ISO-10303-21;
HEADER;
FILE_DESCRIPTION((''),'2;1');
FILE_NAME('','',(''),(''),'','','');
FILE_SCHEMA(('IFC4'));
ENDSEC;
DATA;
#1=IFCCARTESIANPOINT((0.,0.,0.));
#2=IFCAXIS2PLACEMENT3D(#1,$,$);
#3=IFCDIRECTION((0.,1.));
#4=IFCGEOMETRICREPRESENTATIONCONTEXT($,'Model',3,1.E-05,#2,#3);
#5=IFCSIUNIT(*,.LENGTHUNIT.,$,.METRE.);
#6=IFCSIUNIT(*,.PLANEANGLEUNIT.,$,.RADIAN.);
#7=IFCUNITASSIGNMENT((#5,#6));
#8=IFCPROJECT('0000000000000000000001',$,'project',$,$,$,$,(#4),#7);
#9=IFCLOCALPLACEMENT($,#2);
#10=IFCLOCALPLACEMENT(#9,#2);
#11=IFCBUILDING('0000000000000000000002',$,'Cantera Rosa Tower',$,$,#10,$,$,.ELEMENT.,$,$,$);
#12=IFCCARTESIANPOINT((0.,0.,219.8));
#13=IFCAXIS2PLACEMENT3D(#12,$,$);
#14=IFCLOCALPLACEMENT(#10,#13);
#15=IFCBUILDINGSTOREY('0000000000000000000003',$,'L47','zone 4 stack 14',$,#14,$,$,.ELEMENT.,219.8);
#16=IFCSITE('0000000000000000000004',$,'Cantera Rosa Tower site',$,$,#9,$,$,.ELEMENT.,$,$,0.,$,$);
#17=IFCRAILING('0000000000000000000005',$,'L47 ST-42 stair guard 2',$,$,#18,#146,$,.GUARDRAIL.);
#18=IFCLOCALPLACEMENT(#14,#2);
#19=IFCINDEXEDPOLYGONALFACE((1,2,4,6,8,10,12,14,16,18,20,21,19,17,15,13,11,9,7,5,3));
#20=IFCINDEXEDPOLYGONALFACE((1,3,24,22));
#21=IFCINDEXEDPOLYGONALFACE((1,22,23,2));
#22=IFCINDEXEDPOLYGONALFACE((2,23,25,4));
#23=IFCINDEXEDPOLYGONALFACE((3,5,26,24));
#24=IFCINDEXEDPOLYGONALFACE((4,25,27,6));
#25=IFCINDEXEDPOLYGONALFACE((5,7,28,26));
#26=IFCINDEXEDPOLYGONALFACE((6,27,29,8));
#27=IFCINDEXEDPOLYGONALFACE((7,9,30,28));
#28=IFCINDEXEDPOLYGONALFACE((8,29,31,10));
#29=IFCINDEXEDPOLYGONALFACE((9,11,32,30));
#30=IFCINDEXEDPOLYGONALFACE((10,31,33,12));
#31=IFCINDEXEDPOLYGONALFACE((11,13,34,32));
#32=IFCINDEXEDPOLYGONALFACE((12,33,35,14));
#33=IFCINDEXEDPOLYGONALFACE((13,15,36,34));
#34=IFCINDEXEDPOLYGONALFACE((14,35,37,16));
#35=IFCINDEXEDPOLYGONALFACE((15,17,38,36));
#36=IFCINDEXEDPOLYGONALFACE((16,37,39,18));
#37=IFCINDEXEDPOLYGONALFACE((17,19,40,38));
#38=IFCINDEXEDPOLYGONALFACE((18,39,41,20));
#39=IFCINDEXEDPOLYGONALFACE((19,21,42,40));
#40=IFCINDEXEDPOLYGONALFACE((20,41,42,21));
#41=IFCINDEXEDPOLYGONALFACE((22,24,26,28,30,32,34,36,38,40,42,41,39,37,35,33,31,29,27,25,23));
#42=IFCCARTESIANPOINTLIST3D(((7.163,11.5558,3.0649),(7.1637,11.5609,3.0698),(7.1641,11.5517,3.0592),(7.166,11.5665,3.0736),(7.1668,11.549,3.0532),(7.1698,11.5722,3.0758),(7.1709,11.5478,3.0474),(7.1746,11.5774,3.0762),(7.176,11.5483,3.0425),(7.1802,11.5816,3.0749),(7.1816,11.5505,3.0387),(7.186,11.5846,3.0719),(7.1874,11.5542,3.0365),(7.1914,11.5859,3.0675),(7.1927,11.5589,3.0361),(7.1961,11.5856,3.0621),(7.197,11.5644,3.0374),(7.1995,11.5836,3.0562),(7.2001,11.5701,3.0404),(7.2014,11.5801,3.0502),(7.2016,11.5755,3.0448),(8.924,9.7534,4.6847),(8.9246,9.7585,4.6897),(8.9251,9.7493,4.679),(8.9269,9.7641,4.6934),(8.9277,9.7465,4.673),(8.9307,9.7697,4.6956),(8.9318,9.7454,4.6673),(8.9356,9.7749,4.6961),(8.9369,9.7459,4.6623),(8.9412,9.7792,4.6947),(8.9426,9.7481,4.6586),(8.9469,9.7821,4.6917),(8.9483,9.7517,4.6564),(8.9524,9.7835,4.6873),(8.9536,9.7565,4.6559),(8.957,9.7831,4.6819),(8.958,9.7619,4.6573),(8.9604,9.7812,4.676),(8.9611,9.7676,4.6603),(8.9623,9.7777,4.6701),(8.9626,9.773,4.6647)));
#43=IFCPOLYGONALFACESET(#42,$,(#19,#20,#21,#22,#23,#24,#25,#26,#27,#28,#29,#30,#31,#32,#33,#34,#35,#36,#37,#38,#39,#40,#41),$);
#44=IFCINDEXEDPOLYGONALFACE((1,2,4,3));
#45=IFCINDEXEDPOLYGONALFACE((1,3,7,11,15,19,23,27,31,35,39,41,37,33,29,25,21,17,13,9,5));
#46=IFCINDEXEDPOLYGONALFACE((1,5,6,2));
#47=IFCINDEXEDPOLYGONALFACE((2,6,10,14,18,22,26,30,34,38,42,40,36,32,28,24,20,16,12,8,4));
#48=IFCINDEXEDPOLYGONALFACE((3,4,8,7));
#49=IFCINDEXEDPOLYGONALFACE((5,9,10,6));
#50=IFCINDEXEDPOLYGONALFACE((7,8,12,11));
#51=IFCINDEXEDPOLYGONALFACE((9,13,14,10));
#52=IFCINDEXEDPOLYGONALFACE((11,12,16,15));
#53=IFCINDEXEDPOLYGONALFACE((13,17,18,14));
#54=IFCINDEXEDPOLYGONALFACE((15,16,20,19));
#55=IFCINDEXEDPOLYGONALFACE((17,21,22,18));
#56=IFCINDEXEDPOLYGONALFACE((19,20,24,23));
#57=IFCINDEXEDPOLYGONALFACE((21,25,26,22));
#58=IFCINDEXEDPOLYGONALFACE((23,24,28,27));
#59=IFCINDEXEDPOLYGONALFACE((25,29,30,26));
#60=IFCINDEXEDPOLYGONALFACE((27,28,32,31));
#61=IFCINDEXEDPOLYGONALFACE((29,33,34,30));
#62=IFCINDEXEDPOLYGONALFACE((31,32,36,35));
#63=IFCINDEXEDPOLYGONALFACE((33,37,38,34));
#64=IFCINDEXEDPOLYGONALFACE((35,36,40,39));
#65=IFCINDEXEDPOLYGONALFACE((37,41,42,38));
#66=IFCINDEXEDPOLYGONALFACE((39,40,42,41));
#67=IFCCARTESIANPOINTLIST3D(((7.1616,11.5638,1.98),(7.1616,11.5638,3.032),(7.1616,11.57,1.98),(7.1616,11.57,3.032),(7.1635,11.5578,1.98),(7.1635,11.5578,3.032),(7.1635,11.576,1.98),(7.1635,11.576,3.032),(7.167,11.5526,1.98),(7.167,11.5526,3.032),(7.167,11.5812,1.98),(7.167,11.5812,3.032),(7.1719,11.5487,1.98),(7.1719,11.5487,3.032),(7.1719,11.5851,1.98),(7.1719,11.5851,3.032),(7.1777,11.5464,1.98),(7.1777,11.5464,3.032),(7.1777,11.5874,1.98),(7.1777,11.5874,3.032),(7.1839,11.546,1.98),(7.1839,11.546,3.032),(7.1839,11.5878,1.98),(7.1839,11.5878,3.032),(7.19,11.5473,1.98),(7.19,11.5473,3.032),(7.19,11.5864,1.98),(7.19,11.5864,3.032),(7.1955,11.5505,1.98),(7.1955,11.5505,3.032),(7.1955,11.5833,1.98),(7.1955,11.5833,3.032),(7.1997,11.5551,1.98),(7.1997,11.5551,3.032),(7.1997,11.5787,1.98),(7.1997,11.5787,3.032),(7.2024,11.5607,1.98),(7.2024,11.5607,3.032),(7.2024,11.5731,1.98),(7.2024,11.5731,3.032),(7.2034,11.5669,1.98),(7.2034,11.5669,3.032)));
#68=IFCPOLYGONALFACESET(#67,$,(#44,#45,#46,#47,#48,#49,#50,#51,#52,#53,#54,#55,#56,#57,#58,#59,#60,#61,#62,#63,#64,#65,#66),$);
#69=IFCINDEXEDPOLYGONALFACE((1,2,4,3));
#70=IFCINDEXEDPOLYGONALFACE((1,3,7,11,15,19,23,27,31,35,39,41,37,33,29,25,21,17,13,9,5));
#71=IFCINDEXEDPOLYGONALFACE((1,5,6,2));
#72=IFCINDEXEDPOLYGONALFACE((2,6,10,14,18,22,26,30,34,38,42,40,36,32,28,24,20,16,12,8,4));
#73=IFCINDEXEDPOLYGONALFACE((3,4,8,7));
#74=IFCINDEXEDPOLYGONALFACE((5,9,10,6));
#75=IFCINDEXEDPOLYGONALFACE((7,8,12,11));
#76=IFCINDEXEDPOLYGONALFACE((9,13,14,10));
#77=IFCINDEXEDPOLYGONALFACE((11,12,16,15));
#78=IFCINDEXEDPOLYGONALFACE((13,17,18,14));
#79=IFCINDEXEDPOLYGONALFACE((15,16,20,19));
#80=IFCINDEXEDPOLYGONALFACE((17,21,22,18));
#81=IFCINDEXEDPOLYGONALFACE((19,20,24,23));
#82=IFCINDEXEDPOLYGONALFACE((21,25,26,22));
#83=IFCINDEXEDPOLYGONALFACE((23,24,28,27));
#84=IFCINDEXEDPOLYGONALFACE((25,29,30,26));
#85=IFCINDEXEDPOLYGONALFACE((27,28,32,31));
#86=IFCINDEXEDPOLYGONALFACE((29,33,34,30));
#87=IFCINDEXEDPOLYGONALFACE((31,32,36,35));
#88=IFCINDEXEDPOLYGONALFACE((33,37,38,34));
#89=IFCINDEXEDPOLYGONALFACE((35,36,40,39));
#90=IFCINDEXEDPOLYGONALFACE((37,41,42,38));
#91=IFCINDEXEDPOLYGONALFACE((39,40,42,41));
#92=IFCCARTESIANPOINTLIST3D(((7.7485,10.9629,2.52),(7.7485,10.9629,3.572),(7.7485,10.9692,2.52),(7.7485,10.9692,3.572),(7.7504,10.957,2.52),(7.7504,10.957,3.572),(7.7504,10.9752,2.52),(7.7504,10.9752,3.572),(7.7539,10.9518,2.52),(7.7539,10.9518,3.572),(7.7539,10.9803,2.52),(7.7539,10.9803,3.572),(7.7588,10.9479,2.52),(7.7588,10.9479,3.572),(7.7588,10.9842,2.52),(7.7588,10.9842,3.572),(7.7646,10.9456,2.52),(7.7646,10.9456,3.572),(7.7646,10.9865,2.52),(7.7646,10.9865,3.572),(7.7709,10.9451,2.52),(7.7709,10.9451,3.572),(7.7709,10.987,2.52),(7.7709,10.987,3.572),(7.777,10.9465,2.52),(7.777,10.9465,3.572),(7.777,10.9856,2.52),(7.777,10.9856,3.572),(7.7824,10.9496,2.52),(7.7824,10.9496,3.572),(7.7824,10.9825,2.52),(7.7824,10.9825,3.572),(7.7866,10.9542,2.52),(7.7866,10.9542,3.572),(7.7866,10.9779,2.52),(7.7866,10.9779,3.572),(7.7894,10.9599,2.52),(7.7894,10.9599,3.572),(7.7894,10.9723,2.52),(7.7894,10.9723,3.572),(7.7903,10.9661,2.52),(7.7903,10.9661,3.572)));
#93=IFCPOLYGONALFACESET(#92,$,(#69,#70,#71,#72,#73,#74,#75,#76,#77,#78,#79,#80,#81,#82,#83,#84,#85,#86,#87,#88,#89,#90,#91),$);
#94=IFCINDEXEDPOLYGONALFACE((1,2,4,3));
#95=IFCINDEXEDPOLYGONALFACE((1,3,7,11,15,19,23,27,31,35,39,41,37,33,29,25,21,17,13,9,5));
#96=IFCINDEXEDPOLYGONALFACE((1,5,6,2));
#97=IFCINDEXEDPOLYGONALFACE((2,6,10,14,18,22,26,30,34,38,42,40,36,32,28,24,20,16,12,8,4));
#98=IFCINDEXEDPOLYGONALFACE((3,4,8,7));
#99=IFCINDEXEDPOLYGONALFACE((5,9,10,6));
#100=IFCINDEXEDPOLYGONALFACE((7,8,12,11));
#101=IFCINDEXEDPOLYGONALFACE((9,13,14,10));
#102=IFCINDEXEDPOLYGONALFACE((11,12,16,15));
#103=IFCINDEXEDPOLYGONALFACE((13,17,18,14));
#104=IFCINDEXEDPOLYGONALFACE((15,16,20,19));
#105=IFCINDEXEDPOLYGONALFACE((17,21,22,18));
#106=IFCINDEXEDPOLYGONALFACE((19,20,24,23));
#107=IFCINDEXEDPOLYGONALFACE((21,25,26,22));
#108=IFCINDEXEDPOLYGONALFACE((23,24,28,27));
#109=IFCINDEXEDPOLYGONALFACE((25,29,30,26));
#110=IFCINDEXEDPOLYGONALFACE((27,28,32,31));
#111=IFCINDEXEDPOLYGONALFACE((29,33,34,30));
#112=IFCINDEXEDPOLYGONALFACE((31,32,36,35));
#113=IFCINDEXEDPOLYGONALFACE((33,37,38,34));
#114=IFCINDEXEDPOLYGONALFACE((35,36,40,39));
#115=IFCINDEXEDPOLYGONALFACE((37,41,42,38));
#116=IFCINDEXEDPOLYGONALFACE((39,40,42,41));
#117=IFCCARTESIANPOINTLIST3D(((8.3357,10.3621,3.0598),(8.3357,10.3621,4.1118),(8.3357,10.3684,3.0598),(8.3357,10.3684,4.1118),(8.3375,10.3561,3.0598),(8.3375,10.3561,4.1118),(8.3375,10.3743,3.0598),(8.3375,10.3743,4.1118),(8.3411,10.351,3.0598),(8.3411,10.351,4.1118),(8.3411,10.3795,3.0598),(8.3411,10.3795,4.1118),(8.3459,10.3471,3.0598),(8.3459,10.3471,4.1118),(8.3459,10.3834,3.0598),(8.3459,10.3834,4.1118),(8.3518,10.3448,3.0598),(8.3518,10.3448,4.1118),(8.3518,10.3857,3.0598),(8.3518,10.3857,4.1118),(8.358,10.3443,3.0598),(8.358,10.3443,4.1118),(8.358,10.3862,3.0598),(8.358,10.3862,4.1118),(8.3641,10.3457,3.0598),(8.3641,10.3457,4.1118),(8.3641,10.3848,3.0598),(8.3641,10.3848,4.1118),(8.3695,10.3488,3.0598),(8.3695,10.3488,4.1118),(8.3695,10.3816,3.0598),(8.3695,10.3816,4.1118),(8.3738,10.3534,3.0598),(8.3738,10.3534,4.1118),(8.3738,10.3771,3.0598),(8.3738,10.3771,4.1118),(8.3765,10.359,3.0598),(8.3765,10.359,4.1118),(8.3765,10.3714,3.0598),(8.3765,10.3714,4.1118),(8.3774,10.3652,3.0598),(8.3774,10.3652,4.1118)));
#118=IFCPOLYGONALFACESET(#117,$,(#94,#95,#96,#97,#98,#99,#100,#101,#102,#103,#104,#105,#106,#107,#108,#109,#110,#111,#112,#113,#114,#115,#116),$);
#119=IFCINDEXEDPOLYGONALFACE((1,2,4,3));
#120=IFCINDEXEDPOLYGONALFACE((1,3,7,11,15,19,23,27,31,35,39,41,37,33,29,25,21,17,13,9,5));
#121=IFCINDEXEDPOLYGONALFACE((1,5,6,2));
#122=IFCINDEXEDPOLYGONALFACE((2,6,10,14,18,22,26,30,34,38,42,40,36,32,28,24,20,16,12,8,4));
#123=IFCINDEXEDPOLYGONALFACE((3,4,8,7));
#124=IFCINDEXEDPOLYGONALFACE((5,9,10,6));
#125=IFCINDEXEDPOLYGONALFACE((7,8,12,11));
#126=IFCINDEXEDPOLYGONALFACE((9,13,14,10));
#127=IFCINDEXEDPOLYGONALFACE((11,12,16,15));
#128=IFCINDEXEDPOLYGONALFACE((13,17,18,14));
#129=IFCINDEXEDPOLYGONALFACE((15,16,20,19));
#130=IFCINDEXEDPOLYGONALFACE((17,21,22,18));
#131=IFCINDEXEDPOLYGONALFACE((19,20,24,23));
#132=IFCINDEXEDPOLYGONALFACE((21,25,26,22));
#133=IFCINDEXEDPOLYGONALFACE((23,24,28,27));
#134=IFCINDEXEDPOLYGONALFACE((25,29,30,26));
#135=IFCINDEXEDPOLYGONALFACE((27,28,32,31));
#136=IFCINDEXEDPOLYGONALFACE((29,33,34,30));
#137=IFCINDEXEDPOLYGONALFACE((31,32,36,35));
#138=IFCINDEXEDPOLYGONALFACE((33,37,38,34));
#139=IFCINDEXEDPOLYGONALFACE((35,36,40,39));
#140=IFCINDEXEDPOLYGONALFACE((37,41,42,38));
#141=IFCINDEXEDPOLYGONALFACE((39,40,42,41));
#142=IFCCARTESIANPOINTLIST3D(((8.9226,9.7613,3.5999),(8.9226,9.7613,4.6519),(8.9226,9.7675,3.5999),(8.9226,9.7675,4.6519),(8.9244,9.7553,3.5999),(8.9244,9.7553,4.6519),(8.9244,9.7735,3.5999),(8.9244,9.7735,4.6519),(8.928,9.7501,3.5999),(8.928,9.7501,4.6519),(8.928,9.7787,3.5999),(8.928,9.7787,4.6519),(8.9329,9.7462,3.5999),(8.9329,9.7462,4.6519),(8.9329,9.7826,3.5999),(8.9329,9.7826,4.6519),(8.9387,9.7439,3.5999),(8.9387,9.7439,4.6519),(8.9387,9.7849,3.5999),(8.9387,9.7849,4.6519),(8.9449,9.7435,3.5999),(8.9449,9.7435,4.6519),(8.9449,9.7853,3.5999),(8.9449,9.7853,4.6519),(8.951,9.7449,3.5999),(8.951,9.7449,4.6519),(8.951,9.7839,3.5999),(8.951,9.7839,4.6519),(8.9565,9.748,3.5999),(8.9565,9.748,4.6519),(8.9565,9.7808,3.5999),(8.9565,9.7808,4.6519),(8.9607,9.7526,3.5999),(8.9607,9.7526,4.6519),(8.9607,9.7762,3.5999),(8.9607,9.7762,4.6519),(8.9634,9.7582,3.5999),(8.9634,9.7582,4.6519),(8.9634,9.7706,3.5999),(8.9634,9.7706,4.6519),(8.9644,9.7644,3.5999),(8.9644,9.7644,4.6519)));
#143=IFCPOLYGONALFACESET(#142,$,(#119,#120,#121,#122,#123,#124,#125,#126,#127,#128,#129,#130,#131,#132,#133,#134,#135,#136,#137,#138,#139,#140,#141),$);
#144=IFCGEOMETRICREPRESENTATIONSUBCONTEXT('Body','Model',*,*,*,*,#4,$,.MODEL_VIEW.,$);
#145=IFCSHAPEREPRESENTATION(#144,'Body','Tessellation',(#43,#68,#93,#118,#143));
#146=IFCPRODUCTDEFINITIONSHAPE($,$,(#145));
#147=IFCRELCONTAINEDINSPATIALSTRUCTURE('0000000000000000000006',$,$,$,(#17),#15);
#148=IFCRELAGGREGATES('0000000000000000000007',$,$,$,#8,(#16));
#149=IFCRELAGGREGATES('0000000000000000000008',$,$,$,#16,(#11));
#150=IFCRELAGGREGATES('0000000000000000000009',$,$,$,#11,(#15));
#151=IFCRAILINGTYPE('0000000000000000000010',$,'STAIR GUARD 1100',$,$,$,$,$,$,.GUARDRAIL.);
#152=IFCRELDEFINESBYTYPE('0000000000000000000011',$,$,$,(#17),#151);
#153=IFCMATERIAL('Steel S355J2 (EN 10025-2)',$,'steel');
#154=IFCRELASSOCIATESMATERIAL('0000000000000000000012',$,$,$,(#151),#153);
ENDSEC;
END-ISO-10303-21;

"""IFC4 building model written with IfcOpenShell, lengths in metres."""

from ifc_helpers import new_model, si_unit, direction, frame, origin, origin_2d, place, context, subcontext, project, spatial, circle, extrude, material, type_object, element, save


model = new_model("IFC4")

# Units and contexts
model_context = context("Model", 3, precision=1e-05, world=origin(), true_north=direction((0.0, 1.0)))
body_context = subcontext(model_context, "Body", "Model", "MODEL_VIEW")
ifc_project = project(units=[si_unit("LENGTHUNIT", "METRE"), si_unit("PLANEANGLEUNIT", "RADIAN")], contexts=[model_context])

# Site, building, storey
site_placement = place(None, origin())
site = spatial("IfcSite", under=ifc_project, at=site_placement, Name="Cantera Rosa Tower site", CompositionType="ELEMENT", RefElevation=0.0)
building_placement = place(site_placement, origin())
building = spatial("IfcBuilding", under=site, at=building_placement, Name="Cantera Rosa Tower", CompositionType="ELEMENT")
storey_placement = place(building_placement, frame((0.0, 0.0, 219.8)))
storey = spatial("IfcBuildingStorey", under=building, at=storey_placement, Name="L47", Description="zone 4 stack 14", CompositionType="ELEMENT", Elevation=219.8)

# Railing
ifc_material_1 = material(Name="Steel S355J2 (EN 10025-2)", Category="steel")
railing_type_1 = type_object("IfcRailingType", Name="STAIR GUARD 1100", PredefinedType="GUARDRAIL", material=ifc_material_1)
railing_1_placement = place(storey_placement, frame((7.1824, 11.5669, 1.98)))
element("IfcRailing", 1, at=railing_1_placement, inside=storey, type_object=railing_type_1, Name="L47 ST-42 stair guard 2", PredefinedType="GUARDRAIL", context=body_context, shape_type="SweptSolid", body=[
    extrude(circle(Radius=0.0239, at=origin_2d()), frame((0.0, 0.0, 1.0762), z_axis=(0.587844, -0.601699, 0.540738), x_axis=(0.715294, 0.698824, 0.0)), (0.0, 0.0, 1.0), 2.9956),
    extrude(circle(Radius=0.021, at=origin_2d()), origin(), (0.0, 0.0, 1.0), 1.052),
    extrude(circle(Radius=0.021, at=origin_2d()), frame((0.5869, -0.6008, 0.54)), (0.0, 0.0, 1.0), 1.052),
    extrude(circle(Radius=0.021, at=origin_2d()), frame((1.1741, -1.2017, 1.0798)), (0.0, 0.0, 1.0), 1.052),
    extrude(circle(Radius=0.021, at=origin_2d()), frame((1.761, -1.8025, 1.6199)), (0.0, 0.0, 1.0), 1.052),
])

save(model, "model.ifc")
